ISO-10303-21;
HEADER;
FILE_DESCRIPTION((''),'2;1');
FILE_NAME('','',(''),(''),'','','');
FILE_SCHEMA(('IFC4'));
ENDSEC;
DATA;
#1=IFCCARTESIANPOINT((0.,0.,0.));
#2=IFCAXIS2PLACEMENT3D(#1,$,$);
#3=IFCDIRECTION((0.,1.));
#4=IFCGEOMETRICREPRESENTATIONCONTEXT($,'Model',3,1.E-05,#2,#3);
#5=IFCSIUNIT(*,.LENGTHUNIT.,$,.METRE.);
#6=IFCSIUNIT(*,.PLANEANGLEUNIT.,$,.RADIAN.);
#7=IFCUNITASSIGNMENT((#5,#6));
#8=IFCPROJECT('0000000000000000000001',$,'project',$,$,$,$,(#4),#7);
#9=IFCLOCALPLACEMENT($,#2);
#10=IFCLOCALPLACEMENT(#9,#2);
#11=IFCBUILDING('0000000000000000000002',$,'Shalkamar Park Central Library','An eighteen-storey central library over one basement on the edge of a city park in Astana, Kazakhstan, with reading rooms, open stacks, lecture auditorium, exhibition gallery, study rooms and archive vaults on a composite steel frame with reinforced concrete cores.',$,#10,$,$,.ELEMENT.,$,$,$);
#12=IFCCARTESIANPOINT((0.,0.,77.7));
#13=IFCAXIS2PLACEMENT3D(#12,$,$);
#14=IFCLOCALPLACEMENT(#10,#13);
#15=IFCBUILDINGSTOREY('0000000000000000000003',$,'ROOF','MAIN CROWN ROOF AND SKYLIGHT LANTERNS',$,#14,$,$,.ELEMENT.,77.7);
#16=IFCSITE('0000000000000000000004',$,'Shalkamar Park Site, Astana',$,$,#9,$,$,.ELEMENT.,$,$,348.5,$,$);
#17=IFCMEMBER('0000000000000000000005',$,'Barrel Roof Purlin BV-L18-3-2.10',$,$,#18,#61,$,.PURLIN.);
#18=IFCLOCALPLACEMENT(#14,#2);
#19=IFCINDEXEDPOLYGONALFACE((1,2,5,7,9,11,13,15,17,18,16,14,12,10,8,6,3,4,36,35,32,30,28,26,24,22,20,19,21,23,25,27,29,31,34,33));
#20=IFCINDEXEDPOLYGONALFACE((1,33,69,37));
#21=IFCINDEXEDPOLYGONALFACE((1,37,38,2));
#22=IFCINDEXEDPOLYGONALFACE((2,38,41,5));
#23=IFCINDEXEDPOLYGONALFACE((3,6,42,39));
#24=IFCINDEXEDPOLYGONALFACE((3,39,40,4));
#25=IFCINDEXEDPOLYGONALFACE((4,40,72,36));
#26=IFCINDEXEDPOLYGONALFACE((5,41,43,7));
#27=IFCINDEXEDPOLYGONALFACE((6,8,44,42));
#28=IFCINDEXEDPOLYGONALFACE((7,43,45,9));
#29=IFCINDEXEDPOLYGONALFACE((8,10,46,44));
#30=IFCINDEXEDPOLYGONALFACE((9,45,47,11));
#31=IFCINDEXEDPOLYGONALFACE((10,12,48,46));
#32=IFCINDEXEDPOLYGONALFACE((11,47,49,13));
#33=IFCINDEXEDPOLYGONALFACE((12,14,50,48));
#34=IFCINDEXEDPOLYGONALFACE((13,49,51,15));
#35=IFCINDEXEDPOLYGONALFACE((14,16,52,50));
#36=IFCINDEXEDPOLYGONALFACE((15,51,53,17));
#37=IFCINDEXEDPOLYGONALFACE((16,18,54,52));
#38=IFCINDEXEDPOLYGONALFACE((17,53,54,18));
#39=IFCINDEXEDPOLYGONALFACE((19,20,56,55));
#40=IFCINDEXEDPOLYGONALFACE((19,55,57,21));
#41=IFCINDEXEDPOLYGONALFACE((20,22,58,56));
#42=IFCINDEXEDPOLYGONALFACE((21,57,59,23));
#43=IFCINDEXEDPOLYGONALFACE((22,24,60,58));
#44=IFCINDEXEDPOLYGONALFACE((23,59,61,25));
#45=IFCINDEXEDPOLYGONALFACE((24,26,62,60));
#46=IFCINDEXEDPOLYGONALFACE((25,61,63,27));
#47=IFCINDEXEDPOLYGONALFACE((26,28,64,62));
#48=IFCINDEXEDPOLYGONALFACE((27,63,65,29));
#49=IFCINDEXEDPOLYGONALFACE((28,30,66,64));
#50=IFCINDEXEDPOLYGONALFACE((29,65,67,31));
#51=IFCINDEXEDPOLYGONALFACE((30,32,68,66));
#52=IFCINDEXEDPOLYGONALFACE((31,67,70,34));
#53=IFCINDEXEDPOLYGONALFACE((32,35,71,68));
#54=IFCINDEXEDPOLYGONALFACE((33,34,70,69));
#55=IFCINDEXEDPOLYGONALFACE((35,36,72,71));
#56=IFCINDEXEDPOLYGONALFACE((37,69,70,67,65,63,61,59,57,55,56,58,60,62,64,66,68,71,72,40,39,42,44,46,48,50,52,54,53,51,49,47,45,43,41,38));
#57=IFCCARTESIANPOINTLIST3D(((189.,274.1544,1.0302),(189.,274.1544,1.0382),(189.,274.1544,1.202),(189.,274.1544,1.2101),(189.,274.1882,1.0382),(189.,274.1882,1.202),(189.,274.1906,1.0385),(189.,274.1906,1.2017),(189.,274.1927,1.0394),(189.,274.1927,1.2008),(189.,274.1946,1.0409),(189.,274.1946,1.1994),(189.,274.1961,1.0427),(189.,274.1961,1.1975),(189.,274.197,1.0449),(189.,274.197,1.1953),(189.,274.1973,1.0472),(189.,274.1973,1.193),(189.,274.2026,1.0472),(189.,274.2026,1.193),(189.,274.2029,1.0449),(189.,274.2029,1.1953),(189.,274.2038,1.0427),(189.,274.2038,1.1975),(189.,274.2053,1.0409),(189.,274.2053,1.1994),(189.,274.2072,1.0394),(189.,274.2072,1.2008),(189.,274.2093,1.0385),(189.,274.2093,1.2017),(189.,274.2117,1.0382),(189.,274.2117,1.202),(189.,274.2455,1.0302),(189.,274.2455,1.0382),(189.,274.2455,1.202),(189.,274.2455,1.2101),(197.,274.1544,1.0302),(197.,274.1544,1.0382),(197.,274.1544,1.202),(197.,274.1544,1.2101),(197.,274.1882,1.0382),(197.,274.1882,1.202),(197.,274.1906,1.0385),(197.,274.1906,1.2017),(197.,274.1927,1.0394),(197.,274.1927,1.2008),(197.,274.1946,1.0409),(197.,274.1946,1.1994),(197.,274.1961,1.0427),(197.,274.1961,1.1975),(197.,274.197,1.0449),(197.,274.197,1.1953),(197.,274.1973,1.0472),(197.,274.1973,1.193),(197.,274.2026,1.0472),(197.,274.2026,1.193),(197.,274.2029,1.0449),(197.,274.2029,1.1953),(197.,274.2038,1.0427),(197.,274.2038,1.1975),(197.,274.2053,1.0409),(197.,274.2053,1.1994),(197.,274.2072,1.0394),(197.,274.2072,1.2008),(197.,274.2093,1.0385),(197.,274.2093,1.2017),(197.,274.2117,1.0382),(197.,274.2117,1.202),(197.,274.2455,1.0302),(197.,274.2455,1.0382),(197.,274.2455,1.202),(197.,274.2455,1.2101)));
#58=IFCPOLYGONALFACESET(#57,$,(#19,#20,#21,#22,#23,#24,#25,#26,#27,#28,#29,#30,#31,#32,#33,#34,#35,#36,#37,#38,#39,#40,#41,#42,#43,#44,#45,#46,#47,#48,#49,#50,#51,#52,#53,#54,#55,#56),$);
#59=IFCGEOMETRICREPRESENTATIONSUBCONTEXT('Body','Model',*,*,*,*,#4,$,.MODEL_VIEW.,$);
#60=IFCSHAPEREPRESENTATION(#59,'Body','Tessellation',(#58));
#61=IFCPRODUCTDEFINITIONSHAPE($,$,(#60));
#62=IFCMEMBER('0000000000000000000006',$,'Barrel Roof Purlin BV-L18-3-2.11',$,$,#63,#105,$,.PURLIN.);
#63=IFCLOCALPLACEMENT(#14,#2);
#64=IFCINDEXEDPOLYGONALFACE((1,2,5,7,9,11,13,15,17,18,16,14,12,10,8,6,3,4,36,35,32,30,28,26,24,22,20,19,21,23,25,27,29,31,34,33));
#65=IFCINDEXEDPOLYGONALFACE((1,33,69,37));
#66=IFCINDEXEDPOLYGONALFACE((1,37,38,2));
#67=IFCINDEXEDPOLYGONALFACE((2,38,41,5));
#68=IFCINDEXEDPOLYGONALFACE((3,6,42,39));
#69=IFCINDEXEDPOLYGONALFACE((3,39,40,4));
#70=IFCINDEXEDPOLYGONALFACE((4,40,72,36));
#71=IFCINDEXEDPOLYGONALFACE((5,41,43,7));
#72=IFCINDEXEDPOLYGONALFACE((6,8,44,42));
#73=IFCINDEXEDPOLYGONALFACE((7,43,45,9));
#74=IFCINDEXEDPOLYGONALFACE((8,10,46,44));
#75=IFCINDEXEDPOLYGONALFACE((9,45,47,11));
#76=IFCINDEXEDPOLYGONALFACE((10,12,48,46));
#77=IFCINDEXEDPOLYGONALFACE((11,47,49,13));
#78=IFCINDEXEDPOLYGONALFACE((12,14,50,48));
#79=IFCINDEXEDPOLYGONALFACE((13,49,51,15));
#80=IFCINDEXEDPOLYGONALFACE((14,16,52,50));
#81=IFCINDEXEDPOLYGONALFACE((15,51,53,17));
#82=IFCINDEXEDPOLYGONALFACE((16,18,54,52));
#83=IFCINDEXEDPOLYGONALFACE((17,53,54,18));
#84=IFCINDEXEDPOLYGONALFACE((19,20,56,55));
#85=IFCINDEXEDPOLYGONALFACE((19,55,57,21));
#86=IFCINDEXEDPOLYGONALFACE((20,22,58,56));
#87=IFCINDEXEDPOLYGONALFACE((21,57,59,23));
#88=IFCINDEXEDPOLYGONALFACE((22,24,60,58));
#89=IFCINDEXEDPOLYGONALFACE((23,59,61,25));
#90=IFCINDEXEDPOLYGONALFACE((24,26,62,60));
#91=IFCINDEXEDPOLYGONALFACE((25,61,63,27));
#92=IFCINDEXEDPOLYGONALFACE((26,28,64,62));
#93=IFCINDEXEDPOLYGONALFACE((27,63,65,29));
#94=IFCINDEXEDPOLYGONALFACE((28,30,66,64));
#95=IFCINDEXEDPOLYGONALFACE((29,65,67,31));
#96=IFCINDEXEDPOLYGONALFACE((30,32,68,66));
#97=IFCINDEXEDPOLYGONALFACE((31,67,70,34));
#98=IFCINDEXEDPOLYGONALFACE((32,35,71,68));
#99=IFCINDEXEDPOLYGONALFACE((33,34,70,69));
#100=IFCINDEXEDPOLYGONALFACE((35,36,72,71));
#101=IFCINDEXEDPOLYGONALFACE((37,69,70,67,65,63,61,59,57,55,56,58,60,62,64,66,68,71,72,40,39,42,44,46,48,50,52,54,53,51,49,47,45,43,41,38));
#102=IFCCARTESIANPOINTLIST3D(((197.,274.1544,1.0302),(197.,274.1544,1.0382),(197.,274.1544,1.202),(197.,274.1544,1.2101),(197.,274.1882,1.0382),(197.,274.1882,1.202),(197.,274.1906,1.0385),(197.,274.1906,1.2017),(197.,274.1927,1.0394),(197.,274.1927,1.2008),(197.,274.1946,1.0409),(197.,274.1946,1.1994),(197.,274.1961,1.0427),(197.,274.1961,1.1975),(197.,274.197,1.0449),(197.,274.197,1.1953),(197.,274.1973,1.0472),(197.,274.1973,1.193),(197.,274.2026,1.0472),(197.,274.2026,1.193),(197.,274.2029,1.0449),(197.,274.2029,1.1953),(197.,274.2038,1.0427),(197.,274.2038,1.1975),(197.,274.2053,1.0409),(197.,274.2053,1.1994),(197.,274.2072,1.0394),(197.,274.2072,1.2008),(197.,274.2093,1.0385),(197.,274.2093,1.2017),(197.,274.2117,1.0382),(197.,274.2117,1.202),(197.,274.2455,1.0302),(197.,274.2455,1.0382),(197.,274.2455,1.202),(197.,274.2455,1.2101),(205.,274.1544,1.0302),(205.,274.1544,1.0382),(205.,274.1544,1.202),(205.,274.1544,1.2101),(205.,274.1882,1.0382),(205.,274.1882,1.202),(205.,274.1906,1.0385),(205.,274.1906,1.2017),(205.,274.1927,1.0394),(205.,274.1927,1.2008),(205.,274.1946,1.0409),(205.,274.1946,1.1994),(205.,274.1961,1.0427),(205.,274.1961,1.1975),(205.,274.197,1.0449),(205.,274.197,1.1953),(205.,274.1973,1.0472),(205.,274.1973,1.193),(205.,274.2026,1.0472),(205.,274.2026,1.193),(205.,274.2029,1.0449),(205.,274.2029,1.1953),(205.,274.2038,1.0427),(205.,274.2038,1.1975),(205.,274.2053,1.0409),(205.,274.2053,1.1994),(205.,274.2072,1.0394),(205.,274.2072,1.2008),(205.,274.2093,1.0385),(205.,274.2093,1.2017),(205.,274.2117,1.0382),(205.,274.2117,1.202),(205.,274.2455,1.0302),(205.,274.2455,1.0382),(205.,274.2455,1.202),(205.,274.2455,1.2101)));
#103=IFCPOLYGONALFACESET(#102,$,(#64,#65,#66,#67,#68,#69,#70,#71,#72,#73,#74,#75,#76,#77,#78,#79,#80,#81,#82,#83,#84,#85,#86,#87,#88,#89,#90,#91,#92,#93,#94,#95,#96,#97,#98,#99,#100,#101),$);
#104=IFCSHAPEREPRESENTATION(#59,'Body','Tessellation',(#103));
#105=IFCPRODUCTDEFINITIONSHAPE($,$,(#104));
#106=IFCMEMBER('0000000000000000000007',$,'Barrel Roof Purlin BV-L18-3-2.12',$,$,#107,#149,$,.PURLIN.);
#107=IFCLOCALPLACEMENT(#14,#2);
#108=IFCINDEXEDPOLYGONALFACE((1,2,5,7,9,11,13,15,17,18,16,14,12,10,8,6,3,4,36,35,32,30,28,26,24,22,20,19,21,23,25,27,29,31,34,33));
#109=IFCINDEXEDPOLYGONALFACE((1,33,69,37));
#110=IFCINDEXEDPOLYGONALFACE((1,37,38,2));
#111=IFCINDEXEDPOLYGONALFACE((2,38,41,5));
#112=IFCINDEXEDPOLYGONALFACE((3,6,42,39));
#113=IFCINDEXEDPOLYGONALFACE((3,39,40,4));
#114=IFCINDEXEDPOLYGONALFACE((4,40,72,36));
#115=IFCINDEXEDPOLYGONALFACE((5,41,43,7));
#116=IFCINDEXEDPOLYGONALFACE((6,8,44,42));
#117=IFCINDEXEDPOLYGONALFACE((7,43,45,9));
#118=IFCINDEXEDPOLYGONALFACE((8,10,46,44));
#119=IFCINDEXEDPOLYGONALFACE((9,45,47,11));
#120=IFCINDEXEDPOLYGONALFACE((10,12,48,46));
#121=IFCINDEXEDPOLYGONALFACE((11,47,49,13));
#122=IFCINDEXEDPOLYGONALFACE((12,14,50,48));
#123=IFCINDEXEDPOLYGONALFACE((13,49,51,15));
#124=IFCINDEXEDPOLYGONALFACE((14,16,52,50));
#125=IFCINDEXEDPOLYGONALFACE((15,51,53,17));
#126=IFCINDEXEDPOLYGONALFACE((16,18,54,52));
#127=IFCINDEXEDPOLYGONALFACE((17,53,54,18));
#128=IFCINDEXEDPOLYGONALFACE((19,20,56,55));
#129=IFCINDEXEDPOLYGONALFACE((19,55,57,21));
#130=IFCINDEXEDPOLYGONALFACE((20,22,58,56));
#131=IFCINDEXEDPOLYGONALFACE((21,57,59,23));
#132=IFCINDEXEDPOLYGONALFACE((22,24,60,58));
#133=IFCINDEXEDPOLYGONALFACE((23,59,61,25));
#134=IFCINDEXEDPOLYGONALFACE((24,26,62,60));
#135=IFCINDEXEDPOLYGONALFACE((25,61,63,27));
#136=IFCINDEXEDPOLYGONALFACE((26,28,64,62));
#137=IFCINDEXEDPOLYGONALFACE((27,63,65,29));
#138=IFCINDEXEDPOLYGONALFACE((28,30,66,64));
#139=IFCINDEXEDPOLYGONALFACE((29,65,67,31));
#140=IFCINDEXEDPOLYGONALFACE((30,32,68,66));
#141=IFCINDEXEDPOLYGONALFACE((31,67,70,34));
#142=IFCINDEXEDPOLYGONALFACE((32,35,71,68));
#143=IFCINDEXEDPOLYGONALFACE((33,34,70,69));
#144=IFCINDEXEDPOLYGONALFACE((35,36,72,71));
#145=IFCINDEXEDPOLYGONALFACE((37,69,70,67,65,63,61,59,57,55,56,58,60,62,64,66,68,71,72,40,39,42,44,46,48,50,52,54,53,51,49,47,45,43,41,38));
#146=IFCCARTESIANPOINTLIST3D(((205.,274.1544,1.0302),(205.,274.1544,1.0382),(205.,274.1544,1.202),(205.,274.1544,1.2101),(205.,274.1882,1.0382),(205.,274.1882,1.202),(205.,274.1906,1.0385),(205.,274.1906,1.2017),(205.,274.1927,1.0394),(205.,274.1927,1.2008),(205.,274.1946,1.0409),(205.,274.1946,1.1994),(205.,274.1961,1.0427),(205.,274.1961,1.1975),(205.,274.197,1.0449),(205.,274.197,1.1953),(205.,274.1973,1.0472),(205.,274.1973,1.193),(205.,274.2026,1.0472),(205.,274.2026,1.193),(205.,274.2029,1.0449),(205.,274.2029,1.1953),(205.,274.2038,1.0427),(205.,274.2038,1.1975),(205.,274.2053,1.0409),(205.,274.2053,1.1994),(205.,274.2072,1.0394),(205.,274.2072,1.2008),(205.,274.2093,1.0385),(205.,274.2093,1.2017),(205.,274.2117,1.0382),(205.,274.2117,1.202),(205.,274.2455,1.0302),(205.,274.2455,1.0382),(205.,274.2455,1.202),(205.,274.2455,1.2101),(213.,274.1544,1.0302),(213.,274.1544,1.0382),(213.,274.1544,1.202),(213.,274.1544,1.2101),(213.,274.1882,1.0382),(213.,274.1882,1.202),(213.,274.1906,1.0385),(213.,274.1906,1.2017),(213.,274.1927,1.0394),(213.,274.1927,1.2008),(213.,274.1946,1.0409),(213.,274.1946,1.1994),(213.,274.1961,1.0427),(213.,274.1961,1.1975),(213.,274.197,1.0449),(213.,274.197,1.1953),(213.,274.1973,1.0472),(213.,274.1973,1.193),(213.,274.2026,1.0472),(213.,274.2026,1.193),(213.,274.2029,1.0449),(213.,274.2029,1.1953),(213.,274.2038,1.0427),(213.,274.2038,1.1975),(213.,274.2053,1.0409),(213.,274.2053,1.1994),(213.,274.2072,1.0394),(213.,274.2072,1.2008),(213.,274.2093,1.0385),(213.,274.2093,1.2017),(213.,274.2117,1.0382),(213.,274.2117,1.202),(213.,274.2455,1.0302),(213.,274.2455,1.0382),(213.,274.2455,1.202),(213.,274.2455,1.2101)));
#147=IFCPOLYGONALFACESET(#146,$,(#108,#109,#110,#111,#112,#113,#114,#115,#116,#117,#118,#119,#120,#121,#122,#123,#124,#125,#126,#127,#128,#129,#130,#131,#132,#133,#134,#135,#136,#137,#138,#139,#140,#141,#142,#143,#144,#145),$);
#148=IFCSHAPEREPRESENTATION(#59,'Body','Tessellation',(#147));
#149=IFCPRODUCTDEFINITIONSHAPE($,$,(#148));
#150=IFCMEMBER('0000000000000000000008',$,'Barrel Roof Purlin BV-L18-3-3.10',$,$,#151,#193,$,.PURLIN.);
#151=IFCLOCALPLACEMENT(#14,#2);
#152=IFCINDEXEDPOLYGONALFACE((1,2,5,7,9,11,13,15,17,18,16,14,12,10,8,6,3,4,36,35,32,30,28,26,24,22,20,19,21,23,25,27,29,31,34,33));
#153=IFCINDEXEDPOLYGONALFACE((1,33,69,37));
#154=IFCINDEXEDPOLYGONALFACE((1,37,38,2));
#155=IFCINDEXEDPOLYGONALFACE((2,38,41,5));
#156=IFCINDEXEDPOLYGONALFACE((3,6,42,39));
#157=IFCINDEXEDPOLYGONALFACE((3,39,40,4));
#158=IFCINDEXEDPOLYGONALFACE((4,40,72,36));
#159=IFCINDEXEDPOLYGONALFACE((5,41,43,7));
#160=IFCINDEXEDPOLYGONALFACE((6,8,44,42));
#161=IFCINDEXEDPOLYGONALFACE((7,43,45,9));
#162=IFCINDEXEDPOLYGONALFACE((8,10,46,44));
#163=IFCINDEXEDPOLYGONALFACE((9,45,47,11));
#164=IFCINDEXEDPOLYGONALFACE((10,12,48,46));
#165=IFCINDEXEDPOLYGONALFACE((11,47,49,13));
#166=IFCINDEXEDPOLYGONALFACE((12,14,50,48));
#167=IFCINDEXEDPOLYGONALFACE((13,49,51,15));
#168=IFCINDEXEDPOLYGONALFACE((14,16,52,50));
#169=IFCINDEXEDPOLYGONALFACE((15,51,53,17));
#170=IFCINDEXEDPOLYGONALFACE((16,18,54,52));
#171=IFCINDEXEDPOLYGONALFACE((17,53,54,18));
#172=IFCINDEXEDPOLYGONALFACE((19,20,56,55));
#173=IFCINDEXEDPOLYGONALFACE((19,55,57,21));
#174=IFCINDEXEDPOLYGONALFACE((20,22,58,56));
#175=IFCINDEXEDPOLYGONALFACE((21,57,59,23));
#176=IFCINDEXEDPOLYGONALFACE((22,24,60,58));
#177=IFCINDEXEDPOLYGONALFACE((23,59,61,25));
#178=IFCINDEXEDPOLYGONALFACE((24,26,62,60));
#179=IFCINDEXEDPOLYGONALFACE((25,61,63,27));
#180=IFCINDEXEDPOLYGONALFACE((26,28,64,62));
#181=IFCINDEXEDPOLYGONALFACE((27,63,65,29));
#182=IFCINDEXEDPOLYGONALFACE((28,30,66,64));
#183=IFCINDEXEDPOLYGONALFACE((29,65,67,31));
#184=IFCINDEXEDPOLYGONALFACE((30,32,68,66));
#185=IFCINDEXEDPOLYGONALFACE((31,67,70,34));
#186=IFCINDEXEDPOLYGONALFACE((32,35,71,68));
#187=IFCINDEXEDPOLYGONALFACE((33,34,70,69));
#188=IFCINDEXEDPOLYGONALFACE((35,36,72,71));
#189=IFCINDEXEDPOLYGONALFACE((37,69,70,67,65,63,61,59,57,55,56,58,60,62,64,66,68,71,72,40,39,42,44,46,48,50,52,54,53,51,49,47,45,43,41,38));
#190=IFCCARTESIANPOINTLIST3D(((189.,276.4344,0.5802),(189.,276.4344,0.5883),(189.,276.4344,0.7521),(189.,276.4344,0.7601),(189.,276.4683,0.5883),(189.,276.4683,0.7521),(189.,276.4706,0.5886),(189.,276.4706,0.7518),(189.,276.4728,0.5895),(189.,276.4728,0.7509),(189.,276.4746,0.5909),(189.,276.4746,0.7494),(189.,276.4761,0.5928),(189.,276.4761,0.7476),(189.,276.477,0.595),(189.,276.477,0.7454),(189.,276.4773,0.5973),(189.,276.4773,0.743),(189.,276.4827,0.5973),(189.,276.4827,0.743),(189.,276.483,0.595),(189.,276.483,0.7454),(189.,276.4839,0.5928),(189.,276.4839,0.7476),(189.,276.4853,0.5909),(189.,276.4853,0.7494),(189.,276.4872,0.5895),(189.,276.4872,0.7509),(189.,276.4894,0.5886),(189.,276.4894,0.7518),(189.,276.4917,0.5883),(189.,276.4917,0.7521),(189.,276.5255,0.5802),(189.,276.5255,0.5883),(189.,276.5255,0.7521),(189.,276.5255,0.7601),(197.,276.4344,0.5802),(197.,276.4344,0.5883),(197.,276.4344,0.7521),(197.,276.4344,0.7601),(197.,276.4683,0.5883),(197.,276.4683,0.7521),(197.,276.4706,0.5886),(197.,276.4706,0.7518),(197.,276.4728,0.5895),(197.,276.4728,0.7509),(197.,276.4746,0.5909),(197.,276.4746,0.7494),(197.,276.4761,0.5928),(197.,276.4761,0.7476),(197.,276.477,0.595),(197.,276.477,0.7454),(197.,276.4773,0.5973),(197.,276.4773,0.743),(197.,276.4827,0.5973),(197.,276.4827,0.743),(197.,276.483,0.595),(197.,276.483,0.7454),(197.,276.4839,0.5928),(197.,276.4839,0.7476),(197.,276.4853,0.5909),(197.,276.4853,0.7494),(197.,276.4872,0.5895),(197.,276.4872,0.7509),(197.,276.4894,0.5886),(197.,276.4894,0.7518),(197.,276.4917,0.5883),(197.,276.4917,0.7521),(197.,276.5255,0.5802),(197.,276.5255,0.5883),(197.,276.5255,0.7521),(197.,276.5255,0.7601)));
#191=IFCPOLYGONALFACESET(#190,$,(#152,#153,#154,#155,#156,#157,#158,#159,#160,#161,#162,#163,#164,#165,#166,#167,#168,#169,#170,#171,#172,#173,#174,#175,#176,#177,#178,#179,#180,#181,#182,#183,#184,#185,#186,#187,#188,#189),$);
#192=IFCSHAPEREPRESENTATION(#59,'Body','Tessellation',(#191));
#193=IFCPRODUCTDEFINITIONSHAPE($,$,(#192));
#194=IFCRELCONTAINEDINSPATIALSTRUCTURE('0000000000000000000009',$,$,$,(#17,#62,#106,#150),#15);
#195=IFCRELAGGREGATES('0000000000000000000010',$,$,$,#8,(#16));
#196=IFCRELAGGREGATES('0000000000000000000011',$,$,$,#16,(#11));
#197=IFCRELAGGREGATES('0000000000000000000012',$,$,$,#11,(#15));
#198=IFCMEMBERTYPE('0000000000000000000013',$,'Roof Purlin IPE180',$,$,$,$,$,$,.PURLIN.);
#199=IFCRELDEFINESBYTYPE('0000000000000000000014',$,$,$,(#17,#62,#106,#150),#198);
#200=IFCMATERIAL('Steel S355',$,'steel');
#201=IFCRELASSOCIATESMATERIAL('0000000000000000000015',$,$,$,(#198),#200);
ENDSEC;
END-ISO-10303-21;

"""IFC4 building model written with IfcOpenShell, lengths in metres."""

from ifc_helpers import new_model, si_unit, direction, frame, origin, origin_2d, place, context, subcontext, project, spatial, i_section, extrude, material, material_profile, profile_set, type_object, element, save


model = new_model("IFC4")

# Units and contexts
model_context = context("Model", 3, precision=1e-05, world=origin(), true_north=direction((0.0, 1.0)))
body_context = subcontext(model_context, "Body", "Model", "MODEL_VIEW")
ifc_project = project(units=[si_unit("LENGTHUNIT", "METRE"), si_unit("PLANEANGLEUNIT", "RADIAN")], contexts=[model_context])

# Site, building, storey
site_placement = place(None, origin())
site = spatial("IfcSite", under=ifc_project, at=site_placement, Name="Shalkamar Park Site, Astana", CompositionType="ELEMENT", RefElevation=348.5)
building_placement = place(site_placement, origin())
building = spatial("IfcBuilding", under=site, at=building_placement, Name="Shalkamar Park Central Library", Description="An eighteen-storey central library over one basement on the edge of a city park in Astana, Kazakhstan, with reading rooms, open stacks, lecture auditorium, exhibition gallery, study rooms and archive vaults on a composite steel frame with reinforced concrete cores.", CompositionType="ELEMENT")
storey_placement = place(building_placement, frame((0.0, 0.0, 77.7)))
storey = spatial("IfcBuildingStorey", under=building, at=storey_placement, Name="ROOF", Description="MAIN CROWN ROOF AND SKYLIGHT LANTERNS", CompositionType="ELEMENT", Elevation=77.7)

# Members
ifc_material = material(Name="Steel S355", Category="steel")
ifc_material_profile_1 = material_profile(ifc_material, i_section(OverallWidth=0.0911, OverallDepth=0.1799, WebThickness=0.0054, FlangeThickness=0.0081, FilletRadius=0.009, at=origin_2d()), Name="IPE 180")
ifc_profile_set_1 = profile_set([ifc_material_profile_1], Name="Steel S355")
member_type_1 = type_object("IfcMemberType", Name="Roof Purlin IPE180", PredefinedType="PURLIN", material=ifc_profile_set_1)
for number, where, z_axis, x_axis, name in (
    (1, (189.0, 274.2, 1.1201), (1.0, 0.0, 0.0), (0.0, 1.0, 0.0), "Barrel Roof Purlin BV-L18-3-2.10"),
    (2, (197.0, 274.2, 1.1201), (1.0, 0.0, 0.0), (0.0, 1.0, 0.0), "Barrel Roof Purlin BV-L18-3-2.11"),
    (3, (205.0, 274.2, 1.1201), (1.0, 0.0, 0.0), (0.0, 1.0, 0.0), "Barrel Roof Purlin BV-L18-3-2.12"),
    (4, (189.0, 276.48, 0.6702), (1.0, 0.0, 0.0), (0.0, 1.0, 0.0), "Barrel Roof Purlin BV-L18-3-3.10"),
):
    element("IfcMember", number, at=place(storey_placement, frame(where, z_axis=z_axis, x_axis=x_axis)), inside=storey, type_object=member_type_1, Name=name, PredefinedType="PURLIN", context=body_context, shape_type="SweptSolid", body=[
        extrude(i_section(OverallWidth=0.0911, OverallDepth=0.1799, WebThickness=0.0054, FlangeThickness=0.0081, FilletRadius=0.009, at=origin_2d()), origin(), (0.0, 0.0, 1.0), 8.0),
    ])

save(model, "model.ifc")
